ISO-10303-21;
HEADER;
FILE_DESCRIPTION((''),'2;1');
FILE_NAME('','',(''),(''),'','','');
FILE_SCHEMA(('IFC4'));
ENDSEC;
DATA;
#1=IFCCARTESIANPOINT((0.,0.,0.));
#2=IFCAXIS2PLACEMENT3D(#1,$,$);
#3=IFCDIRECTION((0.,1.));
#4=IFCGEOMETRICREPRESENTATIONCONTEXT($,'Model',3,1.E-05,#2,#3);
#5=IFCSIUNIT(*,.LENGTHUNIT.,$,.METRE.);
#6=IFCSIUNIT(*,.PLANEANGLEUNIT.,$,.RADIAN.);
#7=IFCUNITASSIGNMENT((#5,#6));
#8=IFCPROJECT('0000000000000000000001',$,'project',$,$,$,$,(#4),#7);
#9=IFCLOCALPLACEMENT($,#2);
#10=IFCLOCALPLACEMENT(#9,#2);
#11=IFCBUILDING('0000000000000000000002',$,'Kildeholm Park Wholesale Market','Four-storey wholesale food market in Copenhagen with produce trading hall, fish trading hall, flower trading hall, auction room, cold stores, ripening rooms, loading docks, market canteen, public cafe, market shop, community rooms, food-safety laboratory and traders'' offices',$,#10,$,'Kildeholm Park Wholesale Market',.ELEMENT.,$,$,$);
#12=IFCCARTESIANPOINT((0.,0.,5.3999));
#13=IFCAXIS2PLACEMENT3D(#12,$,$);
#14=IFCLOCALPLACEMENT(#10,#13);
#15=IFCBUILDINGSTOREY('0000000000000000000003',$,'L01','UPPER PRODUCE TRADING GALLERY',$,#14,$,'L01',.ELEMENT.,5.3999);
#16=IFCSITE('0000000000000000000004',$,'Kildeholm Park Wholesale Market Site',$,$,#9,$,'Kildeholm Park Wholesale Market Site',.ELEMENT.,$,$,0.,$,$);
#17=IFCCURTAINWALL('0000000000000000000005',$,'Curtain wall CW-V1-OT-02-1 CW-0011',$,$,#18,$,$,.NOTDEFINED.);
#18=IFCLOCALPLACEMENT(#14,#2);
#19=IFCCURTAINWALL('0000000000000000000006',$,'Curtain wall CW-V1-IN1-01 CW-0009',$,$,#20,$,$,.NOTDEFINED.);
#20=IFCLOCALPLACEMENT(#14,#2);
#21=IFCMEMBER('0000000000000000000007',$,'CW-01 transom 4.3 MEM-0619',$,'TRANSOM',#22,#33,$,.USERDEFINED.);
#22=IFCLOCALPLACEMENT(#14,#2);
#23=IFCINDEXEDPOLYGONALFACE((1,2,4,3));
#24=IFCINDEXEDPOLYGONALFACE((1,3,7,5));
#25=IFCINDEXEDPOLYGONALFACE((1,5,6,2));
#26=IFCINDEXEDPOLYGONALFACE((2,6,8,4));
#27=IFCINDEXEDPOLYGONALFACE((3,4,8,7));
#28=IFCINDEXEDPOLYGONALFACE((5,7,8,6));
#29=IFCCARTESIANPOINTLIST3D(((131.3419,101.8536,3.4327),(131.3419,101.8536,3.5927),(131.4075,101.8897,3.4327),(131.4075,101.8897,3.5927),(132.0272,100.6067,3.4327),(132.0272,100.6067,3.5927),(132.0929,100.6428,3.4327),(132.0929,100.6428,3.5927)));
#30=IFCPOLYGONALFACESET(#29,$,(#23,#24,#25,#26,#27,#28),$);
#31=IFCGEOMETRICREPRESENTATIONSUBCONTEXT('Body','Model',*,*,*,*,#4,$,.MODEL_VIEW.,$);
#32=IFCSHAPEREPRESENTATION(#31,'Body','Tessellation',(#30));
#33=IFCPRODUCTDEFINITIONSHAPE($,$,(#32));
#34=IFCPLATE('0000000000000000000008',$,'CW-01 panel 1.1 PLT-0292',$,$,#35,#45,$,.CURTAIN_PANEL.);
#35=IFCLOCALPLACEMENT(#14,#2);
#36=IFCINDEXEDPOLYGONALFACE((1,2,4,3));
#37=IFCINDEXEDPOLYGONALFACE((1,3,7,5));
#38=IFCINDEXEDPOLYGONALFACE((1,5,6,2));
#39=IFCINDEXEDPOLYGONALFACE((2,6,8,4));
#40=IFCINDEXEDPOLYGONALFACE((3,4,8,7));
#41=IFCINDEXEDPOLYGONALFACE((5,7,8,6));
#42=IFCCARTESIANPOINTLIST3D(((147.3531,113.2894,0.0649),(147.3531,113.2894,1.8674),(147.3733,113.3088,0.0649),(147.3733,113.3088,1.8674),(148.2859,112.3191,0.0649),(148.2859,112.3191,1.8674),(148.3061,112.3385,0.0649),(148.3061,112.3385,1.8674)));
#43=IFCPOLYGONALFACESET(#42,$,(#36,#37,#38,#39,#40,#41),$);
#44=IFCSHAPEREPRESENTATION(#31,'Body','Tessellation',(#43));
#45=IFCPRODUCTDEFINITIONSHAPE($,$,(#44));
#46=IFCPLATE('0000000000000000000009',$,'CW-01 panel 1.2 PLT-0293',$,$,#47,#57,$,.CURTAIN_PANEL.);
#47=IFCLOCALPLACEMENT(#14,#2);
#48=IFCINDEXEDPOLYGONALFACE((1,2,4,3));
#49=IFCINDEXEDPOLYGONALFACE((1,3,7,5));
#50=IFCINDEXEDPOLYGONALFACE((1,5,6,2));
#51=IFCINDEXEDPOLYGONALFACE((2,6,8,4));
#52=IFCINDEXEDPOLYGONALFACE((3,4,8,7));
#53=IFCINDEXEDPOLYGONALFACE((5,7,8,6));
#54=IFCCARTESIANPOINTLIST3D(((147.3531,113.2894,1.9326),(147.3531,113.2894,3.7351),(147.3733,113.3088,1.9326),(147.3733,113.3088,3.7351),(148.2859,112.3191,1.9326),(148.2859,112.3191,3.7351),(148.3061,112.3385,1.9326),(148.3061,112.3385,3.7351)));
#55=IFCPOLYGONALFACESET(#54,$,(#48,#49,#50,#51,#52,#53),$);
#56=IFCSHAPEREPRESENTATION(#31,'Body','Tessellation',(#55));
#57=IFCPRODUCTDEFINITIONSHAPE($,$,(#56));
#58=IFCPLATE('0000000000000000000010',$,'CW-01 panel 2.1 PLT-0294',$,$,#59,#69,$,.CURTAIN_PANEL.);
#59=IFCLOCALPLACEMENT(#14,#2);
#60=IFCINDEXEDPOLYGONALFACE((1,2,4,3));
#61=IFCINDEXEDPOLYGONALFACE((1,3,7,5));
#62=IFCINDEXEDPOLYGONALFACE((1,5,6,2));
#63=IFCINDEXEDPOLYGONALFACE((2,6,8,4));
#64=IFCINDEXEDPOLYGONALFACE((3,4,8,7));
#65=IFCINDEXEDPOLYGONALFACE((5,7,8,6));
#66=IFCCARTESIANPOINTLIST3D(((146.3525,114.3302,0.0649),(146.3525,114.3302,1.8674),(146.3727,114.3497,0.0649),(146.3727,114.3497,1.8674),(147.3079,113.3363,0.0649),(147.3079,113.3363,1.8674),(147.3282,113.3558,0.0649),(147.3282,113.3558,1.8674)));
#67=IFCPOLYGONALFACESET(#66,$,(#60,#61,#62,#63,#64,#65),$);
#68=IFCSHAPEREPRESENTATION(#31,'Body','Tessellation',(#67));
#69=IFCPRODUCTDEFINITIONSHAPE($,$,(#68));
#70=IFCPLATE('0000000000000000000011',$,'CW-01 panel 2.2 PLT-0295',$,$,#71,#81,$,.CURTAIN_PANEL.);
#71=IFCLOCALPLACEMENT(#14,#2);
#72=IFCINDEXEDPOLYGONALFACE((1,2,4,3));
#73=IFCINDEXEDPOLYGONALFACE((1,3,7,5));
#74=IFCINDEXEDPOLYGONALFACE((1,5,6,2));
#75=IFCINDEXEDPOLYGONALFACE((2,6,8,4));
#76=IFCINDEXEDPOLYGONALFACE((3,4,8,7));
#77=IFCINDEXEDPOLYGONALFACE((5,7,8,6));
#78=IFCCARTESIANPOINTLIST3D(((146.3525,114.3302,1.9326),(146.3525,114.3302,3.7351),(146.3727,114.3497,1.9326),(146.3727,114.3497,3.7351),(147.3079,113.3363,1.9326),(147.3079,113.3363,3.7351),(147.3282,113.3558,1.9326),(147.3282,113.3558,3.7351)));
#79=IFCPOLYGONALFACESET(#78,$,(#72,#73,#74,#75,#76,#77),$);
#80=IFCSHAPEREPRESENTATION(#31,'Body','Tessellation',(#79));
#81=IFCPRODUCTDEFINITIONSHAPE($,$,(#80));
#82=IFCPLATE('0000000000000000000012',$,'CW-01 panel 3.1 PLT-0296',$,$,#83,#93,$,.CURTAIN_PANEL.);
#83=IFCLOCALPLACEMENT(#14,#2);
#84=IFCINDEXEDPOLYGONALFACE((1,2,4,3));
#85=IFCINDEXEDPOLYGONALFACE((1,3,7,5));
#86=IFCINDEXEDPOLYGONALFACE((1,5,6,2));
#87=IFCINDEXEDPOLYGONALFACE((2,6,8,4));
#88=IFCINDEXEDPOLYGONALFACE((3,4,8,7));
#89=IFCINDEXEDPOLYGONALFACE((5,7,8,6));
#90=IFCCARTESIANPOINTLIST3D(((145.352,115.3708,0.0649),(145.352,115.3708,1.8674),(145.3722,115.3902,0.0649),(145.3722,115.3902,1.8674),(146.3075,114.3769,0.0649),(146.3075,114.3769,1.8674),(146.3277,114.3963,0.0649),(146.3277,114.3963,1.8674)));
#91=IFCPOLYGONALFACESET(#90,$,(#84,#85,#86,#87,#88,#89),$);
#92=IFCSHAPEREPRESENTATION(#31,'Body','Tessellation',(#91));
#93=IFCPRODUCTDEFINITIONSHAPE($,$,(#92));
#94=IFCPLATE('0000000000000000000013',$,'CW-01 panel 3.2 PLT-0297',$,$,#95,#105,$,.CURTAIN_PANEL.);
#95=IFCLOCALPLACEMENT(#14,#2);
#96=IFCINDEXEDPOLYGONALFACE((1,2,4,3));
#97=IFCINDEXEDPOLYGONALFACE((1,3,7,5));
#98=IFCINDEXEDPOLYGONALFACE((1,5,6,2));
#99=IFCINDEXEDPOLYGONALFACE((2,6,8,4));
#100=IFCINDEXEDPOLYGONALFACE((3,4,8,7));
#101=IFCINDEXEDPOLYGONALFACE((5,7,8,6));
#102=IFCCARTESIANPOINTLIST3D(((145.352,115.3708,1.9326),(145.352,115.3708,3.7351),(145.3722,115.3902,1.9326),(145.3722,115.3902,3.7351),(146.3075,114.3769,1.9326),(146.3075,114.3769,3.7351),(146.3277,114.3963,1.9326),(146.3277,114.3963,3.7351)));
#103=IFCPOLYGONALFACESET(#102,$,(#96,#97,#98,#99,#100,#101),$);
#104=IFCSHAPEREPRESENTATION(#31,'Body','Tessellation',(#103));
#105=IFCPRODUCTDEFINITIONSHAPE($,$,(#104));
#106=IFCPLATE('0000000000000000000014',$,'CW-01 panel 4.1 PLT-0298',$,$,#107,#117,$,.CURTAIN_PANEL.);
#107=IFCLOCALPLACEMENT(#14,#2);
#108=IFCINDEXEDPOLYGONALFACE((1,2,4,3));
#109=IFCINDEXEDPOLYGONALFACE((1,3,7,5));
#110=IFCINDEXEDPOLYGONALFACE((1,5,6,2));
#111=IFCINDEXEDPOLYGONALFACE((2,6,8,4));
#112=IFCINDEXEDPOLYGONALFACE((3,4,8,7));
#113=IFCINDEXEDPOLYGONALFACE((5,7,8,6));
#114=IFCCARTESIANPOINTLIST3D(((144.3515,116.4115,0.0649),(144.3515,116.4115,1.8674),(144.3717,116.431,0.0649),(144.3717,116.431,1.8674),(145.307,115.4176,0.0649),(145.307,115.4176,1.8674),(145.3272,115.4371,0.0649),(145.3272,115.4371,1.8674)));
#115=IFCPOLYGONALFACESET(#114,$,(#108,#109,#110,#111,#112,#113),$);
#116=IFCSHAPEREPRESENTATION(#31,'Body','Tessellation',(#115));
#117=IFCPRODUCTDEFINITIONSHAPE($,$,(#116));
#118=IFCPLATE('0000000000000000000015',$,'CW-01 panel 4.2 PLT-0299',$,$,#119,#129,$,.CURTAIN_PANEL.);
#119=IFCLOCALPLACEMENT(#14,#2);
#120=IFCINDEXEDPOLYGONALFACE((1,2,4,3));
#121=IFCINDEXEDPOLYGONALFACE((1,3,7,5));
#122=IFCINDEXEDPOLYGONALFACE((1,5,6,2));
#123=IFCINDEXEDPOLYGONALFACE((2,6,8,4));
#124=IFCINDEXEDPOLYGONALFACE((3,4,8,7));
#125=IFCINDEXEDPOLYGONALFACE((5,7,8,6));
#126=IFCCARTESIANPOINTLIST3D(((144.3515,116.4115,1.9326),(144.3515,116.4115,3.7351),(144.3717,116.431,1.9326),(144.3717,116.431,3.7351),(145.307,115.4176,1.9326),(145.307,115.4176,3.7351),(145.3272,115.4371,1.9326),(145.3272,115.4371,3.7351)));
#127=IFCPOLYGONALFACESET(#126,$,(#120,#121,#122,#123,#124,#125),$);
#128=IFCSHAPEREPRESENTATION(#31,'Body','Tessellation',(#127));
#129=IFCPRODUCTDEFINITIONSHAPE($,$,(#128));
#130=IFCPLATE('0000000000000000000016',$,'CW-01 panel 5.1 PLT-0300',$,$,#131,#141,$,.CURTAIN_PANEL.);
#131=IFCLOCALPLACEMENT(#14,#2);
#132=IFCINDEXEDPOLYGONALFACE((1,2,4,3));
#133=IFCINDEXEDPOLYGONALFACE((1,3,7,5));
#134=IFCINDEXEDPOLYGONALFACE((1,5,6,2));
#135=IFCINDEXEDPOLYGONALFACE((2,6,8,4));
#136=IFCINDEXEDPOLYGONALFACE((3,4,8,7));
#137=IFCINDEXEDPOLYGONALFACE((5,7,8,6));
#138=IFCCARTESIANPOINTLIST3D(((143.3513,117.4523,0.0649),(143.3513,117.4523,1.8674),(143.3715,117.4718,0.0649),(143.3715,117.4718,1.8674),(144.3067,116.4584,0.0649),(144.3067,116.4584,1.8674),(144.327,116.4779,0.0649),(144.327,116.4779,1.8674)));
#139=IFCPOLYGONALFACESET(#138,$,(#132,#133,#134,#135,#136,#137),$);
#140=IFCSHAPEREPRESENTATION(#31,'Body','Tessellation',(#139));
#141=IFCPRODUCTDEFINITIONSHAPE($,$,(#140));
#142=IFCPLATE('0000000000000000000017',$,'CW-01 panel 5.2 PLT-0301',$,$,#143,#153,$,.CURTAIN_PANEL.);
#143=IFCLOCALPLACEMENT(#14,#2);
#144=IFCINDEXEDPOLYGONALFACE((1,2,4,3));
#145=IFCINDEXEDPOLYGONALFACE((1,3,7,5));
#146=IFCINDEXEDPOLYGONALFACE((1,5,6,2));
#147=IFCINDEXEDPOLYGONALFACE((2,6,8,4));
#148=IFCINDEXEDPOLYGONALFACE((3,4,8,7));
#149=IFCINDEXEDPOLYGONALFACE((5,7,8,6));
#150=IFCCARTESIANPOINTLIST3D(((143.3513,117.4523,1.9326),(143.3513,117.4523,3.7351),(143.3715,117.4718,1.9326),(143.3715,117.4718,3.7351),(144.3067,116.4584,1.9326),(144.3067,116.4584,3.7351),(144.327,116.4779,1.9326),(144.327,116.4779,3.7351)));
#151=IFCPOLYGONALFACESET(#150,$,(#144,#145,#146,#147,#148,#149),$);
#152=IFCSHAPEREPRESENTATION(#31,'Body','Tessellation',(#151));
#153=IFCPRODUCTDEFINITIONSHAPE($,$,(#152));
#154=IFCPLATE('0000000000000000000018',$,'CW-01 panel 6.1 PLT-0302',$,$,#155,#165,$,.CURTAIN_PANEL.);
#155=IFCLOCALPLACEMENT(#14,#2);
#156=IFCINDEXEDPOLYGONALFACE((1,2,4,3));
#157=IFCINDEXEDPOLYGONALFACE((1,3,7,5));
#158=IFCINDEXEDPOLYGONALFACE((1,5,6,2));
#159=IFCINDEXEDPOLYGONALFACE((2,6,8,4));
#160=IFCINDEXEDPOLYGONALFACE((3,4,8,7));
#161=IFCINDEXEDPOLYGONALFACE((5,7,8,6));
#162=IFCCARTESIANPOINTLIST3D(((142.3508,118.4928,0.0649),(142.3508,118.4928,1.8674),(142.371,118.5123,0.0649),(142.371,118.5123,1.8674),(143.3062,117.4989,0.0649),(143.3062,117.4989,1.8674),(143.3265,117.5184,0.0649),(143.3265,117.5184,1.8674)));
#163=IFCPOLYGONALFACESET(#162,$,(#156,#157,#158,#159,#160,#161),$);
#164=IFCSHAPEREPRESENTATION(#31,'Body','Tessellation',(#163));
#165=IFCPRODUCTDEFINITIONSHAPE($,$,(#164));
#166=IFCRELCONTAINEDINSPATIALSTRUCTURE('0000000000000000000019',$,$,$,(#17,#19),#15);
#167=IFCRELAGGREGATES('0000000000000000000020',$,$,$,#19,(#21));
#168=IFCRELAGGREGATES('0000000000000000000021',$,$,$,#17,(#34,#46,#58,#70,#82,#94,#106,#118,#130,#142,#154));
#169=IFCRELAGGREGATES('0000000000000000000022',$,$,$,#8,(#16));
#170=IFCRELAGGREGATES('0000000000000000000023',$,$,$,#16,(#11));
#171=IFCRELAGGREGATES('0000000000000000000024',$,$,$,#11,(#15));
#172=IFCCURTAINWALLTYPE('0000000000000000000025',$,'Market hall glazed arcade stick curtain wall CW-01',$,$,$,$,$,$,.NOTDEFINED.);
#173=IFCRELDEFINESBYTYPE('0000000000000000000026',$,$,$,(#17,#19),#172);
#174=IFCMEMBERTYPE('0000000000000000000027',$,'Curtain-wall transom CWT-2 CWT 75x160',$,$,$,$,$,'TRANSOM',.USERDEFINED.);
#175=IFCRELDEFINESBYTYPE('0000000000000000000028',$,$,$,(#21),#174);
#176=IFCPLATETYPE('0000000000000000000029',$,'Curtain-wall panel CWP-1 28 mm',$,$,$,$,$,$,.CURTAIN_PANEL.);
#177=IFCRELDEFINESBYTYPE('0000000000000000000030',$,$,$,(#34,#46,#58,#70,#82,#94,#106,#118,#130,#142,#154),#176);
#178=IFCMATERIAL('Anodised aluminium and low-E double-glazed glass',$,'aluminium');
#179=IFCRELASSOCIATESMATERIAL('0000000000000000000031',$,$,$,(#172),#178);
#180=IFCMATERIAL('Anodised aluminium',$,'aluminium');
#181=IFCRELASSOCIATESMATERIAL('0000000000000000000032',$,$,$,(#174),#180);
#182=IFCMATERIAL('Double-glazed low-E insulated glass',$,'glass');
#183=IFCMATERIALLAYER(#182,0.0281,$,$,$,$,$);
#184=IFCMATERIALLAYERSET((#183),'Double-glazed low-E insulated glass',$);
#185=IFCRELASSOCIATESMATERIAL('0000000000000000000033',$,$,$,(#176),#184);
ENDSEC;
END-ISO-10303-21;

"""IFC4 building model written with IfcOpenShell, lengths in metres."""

from ifc_helpers import new_model, si_unit, direction, frame, origin, origin_2d, place, context, subcontext, project, spatial, rectangle, extrude, material, layer, layer_set, material_profile, profile_set, type_object, element, aggregate, save


model = new_model("IFC4")

# Units and contexts
model_context = context("Model", 3, precision=1e-05, world=origin(), true_north=direction((0.0, 1.0)))
body_context = subcontext(model_context, "Body", "Model", "MODEL_VIEW")
ifc_project = project(units=[si_unit("LENGTHUNIT", "METRE"), si_unit("PLANEANGLEUNIT", "RADIAN")], contexts=[model_context])

# Site, building, storey
site_placement = place(None, origin())
site = spatial("IfcSite", under=ifc_project, at=site_placement, Name="Kildeholm Park Wholesale Market Site", LongName="Kildeholm Park Wholesale Market Site", CompositionType="ELEMENT", RefElevation=0.0)
building_placement = place(site_placement, origin())
building = spatial("IfcBuilding", under=site, at=building_placement, Name="Kildeholm Park Wholesale Market", Description="Four-storey wholesale food market in Copenhagen with produce trading hall, fish trading hall, flower trading hall, auction room, cold stores, ripening rooms, loading docks, market canteen, public cafe, market shop, community rooms, food-safety laboratory and traders' offices", LongName="Kildeholm Park Wholesale Market", CompositionType="ELEMENT")
storey_placement = place(building_placement, frame((0.0, 0.0, 5.3999)))
storey = spatial("IfcBuildingStorey", under=building, at=storey_placement, Name="L01", Description="UPPER PRODUCE TRADING GALLERY", LongName="L01", CompositionType="ELEMENT", Elevation=5.3999)

# Curtain wall
ifc_material_1 = material(Name="Anodised aluminium and low-E double-glazed glass", Category="aluminium")
curtain_wall_type = type_object("IfcCurtainWallType", Name="Market hall glazed arcade stick curtain wall CW-01", PredefinedType="NOTDEFINED", material=ifc_material_1)
curtain_wall_1_placement = place(storey_placement, origin())
curtain_wall_1 = element("IfcCurtainWall", 1, at=curtain_wall_1_placement, inside=storey, type_object=curtain_wall_type, Name="Curtain wall CW-V1-OT-02-1 CW-0011", PredefinedType="NOTDEFINED")
ifc_material_2 = material(Name="Anodised aluminium", Category="aluminium")

# Curtain wall
curtain_wall_2_placement = place(storey_placement, origin())
curtain_wall_2 = element("IfcCurtainWall", 2, at=curtain_wall_2_placement, inside=storey, type_object=curtain_wall_type, Name="Curtain wall CW-V1-IN1-01 CW-0009", PredefinedType="NOTDEFINED")

# Member
ifc_material_profile_1 = material_profile(ifc_material_2, rectangle(XDim=0.075, YDim=0.1599, at=origin_2d()), Name="CWT 75x160")
ifc_profile_set_1 = profile_set([ifc_material_profile_1], Name="Anodised aluminium")
member_type_1 = type_object("IfcMemberType", Name="Curtain-wall transom CWT-2 CWT 75x160", ElementType="TRANSOM", PredefinedType="USERDEFINED", material=ifc_profile_set_1)
member_1_placement = place(storey_placement, frame((132.0601, 100.6248, 3.5127), z_axis=(-0.481675, 0.87635, 0.0), x_axis=(-0.87635, -0.481675, 0.0)))
member_1 = element("IfcMember", 3, at=member_1_placement, type_object=member_type_1, Name="CW-01 transom 4.3 MEM-0619", ObjectType="TRANSOM", PredefinedType="USERDEFINED", context=body_context, shape_type="SweptSolid", body=[
    extrude(rectangle(XDim=0.075, YDim=0.1599, at=origin_2d()), origin(), (0.0, 0.0, 1.0), 1.4229),
])
aggregate(curtain_wall_2, [member_1])

# Plates
ifc_material_3 = material(Name="Double-glazed low-E insulated glass", Category="glass")
ifc_layer = layer(ifc_material_3, 0.0281)
ifc_layer_set = layer_set([ifc_layer], Name="Double-glazed low-E insulated glass")
plate_type = type_object("IfcPlateType", Name="Curtain-wall panel CWP-1 28 mm", PredefinedType="CURTAIN_PANEL", material=ifc_layer_set)
plate_1_placement = place(storey_placement, frame((147.8296, 112.814, 0.0649), z_axis=(0.0, 0.0, 1.0), x_axis=(-0.693038, 0.720901, 0.0)))
plate_1 = element("IfcPlate", 4, at=plate_1_placement, type_object=plate_type, Name="CW-01 panel 1.1 PLT-0292", PredefinedType="CURTAIN_PANEL", context=body_context, shape_type="SweptSolid", body=[
    extrude(rectangle(XDim=1.3459, YDim=0.0281, at=origin_2d()), origin(), (0.0, 0.0, 1.0), 1.8025),
])
plate_2_placement = place(storey_placement, frame((147.8296, 112.814, 1.9326), z_axis=(0.0, 0.0, 1.0), x_axis=(-0.693038, 0.720901, 0.0)))
plate_2 = element("IfcPlate", 5, at=plate_2_placement, type_object=plate_type, Name="CW-01 panel 1.2 PLT-0293", PredefinedType="CURTAIN_PANEL", context=body_context, shape_type="SweptSolid", body=[
    extrude(rectangle(XDim=1.3459, YDim=0.0281, at=origin_2d()), origin(), (0.0, 0.0, 1.0), 1.8025),
])
plate_3_placement = place(storey_placement, frame((146.8403, 113.843, 0.0649), z_axis=(0.0, 0.0, 1.0), x_axis=(-0.693038, 0.720901, 0.0)))
plate_3 = element("IfcPlate", 6, at=plate_3_placement, type_object=plate_type, Name="CW-01 panel 2.1 PLT-0294", PredefinedType="CURTAIN_PANEL", context=body_context, shape_type="SweptSolid", body=[
    extrude(rectangle(XDim=1.3787, YDim=0.0281, at=origin_2d()), origin(), (0.0, 0.0, 1.0), 1.8025),
])
plate_4_placement = place(storey_placement, frame((146.8403, 113.843, 1.9326), z_axis=(0.0, 0.0, 1.0), x_axis=(-0.693038, 0.720901, 0.0)))
plate_4 = element("IfcPlate", 7, at=plate_4_placement, type_object=plate_type, Name="CW-01 panel 2.2 PLT-0295", PredefinedType="CURTAIN_PANEL", context=body_context, shape_type="SweptSolid", body=[
    extrude(rectangle(XDim=1.3787, YDim=0.0281, at=origin_2d()), origin(), (0.0, 0.0, 1.0), 1.8025),
])
plate_5_placement = place(storey_placement, frame((145.8398, 114.8835, 0.0649), z_axis=(0.0, 0.0, 1.0), x_axis=(-0.693038, 0.720901, 0.0)))
plate_5 = element("IfcPlate", 8, at=plate_5_placement, type_object=plate_type, Name="CW-01 panel 3.1 PLT-0296", PredefinedType="CURTAIN_PANEL", context=body_context, shape_type="SweptSolid", body=[
    extrude(rectangle(XDim=1.3787, YDim=0.0281, at=origin_2d()), origin(), (0.0, 0.0, 1.0), 1.8025),
])
plate_6_placement = place(storey_placement, frame((145.8398, 114.8835, 1.9326), z_axis=(0.0, 0.0, 1.0), x_axis=(-0.693038, 0.720901, 0.0)))
plate_6 = element("IfcPlate", 9, at=plate_6_placement, type_object=plate_type, Name="CW-01 panel 3.2 PLT-0297", PredefinedType="CURTAIN_PANEL", context=body_context, shape_type="SweptSolid", body=[
    extrude(rectangle(XDim=1.3787, YDim=0.0281, at=origin_2d()), origin(), (0.0, 0.0, 1.0), 1.8025),
])
plate_7_placement = place(storey_placement, frame((144.8394, 115.9243, 0.0649), z_axis=(0.0, 0.0, 1.0), x_axis=(-0.693038, 0.720901, 0.0)))
plate_7 = element("IfcPlate", 10, at=plate_7_placement, type_object=plate_type, Name="CW-01 panel 4.1 PLT-0298", PredefinedType="CURTAIN_PANEL", context=body_context, shape_type="SweptSolid", body=[
    extrude(rectangle(XDim=1.3787, YDim=0.0281, at=origin_2d()), origin(), (0.0, 0.0, 1.0), 1.8025),
])
plate_8_placement = place(storey_placement, frame((144.8394, 115.9243, 1.9326), z_axis=(0.0, 0.0, 1.0), x_axis=(-0.693038, 0.720901, 0.0)))
plate_8 = element("IfcPlate", 11, at=plate_8_placement, type_object=plate_type, Name="CW-01 panel 4.2 PLT-0299", PredefinedType="CURTAIN_PANEL", context=body_context, shape_type="SweptSolid", body=[
    extrude(rectangle(XDim=1.3787, YDim=0.0281, at=origin_2d()), origin(), (0.0, 0.0, 1.0), 1.8025),
])
plate_9_placement = place(storey_placement, frame((143.8391, 116.9651, 0.0649), z_axis=(0.0, 0.0, 1.0), x_axis=(-0.693038, 0.720901, 0.0)))
plate_9 = element("IfcPlate", 12, at=plate_9_placement, type_object=plate_type, Name="CW-01 panel 5.1 PLT-0300", PredefinedType="CURTAIN_PANEL", context=body_context, shape_type="SweptSolid", body=[
    extrude(rectangle(XDim=1.3787, YDim=0.0281, at=origin_2d()), origin(), (0.0, 0.0, 1.0), 1.8025),
])
plate_10_placement = place(storey_placement, frame((143.8391, 116.9651, 1.9326), z_axis=(0.0, 0.0, 1.0), x_axis=(-0.693038, 0.720901, 0.0)))
plate_10 = element("IfcPlate", 13, at=plate_10_placement, type_object=plate_type, Name="CW-01 panel 5.2 PLT-0301", PredefinedType="CURTAIN_PANEL", context=body_context, shape_type="SweptSolid", body=[
    extrude(rectangle(XDim=1.3787, YDim=0.0281, at=origin_2d()), origin(), (0.0, 0.0, 1.0), 1.8025),
])
plate_11_placement = place(storey_placement, frame((142.8386, 118.0056, 0.0649), z_axis=(0.0, 0.0, 1.0), x_axis=(-0.693038, 0.720901, 0.0)))
plate_11 = element("IfcPlate", 14, at=plate_11_placement, type_object=plate_type, Name="CW-01 panel 6.1 PLT-0302", PredefinedType="CURTAIN_PANEL", context=body_context, shape_type="SweptSolid", body=[
    extrude(rectangle(XDim=1.3787, YDim=0.0281, at=origin_2d()), origin(), (0.0, 0.0, 1.0), 1.8025),
])
aggregate(curtain_wall_1, [plate_1, plate_2, plate_3, plate_4, plate_5, plate_6, plate_7, plate_8, plate_9, plate_10, plate_11])

save(model, "model.ifc")
